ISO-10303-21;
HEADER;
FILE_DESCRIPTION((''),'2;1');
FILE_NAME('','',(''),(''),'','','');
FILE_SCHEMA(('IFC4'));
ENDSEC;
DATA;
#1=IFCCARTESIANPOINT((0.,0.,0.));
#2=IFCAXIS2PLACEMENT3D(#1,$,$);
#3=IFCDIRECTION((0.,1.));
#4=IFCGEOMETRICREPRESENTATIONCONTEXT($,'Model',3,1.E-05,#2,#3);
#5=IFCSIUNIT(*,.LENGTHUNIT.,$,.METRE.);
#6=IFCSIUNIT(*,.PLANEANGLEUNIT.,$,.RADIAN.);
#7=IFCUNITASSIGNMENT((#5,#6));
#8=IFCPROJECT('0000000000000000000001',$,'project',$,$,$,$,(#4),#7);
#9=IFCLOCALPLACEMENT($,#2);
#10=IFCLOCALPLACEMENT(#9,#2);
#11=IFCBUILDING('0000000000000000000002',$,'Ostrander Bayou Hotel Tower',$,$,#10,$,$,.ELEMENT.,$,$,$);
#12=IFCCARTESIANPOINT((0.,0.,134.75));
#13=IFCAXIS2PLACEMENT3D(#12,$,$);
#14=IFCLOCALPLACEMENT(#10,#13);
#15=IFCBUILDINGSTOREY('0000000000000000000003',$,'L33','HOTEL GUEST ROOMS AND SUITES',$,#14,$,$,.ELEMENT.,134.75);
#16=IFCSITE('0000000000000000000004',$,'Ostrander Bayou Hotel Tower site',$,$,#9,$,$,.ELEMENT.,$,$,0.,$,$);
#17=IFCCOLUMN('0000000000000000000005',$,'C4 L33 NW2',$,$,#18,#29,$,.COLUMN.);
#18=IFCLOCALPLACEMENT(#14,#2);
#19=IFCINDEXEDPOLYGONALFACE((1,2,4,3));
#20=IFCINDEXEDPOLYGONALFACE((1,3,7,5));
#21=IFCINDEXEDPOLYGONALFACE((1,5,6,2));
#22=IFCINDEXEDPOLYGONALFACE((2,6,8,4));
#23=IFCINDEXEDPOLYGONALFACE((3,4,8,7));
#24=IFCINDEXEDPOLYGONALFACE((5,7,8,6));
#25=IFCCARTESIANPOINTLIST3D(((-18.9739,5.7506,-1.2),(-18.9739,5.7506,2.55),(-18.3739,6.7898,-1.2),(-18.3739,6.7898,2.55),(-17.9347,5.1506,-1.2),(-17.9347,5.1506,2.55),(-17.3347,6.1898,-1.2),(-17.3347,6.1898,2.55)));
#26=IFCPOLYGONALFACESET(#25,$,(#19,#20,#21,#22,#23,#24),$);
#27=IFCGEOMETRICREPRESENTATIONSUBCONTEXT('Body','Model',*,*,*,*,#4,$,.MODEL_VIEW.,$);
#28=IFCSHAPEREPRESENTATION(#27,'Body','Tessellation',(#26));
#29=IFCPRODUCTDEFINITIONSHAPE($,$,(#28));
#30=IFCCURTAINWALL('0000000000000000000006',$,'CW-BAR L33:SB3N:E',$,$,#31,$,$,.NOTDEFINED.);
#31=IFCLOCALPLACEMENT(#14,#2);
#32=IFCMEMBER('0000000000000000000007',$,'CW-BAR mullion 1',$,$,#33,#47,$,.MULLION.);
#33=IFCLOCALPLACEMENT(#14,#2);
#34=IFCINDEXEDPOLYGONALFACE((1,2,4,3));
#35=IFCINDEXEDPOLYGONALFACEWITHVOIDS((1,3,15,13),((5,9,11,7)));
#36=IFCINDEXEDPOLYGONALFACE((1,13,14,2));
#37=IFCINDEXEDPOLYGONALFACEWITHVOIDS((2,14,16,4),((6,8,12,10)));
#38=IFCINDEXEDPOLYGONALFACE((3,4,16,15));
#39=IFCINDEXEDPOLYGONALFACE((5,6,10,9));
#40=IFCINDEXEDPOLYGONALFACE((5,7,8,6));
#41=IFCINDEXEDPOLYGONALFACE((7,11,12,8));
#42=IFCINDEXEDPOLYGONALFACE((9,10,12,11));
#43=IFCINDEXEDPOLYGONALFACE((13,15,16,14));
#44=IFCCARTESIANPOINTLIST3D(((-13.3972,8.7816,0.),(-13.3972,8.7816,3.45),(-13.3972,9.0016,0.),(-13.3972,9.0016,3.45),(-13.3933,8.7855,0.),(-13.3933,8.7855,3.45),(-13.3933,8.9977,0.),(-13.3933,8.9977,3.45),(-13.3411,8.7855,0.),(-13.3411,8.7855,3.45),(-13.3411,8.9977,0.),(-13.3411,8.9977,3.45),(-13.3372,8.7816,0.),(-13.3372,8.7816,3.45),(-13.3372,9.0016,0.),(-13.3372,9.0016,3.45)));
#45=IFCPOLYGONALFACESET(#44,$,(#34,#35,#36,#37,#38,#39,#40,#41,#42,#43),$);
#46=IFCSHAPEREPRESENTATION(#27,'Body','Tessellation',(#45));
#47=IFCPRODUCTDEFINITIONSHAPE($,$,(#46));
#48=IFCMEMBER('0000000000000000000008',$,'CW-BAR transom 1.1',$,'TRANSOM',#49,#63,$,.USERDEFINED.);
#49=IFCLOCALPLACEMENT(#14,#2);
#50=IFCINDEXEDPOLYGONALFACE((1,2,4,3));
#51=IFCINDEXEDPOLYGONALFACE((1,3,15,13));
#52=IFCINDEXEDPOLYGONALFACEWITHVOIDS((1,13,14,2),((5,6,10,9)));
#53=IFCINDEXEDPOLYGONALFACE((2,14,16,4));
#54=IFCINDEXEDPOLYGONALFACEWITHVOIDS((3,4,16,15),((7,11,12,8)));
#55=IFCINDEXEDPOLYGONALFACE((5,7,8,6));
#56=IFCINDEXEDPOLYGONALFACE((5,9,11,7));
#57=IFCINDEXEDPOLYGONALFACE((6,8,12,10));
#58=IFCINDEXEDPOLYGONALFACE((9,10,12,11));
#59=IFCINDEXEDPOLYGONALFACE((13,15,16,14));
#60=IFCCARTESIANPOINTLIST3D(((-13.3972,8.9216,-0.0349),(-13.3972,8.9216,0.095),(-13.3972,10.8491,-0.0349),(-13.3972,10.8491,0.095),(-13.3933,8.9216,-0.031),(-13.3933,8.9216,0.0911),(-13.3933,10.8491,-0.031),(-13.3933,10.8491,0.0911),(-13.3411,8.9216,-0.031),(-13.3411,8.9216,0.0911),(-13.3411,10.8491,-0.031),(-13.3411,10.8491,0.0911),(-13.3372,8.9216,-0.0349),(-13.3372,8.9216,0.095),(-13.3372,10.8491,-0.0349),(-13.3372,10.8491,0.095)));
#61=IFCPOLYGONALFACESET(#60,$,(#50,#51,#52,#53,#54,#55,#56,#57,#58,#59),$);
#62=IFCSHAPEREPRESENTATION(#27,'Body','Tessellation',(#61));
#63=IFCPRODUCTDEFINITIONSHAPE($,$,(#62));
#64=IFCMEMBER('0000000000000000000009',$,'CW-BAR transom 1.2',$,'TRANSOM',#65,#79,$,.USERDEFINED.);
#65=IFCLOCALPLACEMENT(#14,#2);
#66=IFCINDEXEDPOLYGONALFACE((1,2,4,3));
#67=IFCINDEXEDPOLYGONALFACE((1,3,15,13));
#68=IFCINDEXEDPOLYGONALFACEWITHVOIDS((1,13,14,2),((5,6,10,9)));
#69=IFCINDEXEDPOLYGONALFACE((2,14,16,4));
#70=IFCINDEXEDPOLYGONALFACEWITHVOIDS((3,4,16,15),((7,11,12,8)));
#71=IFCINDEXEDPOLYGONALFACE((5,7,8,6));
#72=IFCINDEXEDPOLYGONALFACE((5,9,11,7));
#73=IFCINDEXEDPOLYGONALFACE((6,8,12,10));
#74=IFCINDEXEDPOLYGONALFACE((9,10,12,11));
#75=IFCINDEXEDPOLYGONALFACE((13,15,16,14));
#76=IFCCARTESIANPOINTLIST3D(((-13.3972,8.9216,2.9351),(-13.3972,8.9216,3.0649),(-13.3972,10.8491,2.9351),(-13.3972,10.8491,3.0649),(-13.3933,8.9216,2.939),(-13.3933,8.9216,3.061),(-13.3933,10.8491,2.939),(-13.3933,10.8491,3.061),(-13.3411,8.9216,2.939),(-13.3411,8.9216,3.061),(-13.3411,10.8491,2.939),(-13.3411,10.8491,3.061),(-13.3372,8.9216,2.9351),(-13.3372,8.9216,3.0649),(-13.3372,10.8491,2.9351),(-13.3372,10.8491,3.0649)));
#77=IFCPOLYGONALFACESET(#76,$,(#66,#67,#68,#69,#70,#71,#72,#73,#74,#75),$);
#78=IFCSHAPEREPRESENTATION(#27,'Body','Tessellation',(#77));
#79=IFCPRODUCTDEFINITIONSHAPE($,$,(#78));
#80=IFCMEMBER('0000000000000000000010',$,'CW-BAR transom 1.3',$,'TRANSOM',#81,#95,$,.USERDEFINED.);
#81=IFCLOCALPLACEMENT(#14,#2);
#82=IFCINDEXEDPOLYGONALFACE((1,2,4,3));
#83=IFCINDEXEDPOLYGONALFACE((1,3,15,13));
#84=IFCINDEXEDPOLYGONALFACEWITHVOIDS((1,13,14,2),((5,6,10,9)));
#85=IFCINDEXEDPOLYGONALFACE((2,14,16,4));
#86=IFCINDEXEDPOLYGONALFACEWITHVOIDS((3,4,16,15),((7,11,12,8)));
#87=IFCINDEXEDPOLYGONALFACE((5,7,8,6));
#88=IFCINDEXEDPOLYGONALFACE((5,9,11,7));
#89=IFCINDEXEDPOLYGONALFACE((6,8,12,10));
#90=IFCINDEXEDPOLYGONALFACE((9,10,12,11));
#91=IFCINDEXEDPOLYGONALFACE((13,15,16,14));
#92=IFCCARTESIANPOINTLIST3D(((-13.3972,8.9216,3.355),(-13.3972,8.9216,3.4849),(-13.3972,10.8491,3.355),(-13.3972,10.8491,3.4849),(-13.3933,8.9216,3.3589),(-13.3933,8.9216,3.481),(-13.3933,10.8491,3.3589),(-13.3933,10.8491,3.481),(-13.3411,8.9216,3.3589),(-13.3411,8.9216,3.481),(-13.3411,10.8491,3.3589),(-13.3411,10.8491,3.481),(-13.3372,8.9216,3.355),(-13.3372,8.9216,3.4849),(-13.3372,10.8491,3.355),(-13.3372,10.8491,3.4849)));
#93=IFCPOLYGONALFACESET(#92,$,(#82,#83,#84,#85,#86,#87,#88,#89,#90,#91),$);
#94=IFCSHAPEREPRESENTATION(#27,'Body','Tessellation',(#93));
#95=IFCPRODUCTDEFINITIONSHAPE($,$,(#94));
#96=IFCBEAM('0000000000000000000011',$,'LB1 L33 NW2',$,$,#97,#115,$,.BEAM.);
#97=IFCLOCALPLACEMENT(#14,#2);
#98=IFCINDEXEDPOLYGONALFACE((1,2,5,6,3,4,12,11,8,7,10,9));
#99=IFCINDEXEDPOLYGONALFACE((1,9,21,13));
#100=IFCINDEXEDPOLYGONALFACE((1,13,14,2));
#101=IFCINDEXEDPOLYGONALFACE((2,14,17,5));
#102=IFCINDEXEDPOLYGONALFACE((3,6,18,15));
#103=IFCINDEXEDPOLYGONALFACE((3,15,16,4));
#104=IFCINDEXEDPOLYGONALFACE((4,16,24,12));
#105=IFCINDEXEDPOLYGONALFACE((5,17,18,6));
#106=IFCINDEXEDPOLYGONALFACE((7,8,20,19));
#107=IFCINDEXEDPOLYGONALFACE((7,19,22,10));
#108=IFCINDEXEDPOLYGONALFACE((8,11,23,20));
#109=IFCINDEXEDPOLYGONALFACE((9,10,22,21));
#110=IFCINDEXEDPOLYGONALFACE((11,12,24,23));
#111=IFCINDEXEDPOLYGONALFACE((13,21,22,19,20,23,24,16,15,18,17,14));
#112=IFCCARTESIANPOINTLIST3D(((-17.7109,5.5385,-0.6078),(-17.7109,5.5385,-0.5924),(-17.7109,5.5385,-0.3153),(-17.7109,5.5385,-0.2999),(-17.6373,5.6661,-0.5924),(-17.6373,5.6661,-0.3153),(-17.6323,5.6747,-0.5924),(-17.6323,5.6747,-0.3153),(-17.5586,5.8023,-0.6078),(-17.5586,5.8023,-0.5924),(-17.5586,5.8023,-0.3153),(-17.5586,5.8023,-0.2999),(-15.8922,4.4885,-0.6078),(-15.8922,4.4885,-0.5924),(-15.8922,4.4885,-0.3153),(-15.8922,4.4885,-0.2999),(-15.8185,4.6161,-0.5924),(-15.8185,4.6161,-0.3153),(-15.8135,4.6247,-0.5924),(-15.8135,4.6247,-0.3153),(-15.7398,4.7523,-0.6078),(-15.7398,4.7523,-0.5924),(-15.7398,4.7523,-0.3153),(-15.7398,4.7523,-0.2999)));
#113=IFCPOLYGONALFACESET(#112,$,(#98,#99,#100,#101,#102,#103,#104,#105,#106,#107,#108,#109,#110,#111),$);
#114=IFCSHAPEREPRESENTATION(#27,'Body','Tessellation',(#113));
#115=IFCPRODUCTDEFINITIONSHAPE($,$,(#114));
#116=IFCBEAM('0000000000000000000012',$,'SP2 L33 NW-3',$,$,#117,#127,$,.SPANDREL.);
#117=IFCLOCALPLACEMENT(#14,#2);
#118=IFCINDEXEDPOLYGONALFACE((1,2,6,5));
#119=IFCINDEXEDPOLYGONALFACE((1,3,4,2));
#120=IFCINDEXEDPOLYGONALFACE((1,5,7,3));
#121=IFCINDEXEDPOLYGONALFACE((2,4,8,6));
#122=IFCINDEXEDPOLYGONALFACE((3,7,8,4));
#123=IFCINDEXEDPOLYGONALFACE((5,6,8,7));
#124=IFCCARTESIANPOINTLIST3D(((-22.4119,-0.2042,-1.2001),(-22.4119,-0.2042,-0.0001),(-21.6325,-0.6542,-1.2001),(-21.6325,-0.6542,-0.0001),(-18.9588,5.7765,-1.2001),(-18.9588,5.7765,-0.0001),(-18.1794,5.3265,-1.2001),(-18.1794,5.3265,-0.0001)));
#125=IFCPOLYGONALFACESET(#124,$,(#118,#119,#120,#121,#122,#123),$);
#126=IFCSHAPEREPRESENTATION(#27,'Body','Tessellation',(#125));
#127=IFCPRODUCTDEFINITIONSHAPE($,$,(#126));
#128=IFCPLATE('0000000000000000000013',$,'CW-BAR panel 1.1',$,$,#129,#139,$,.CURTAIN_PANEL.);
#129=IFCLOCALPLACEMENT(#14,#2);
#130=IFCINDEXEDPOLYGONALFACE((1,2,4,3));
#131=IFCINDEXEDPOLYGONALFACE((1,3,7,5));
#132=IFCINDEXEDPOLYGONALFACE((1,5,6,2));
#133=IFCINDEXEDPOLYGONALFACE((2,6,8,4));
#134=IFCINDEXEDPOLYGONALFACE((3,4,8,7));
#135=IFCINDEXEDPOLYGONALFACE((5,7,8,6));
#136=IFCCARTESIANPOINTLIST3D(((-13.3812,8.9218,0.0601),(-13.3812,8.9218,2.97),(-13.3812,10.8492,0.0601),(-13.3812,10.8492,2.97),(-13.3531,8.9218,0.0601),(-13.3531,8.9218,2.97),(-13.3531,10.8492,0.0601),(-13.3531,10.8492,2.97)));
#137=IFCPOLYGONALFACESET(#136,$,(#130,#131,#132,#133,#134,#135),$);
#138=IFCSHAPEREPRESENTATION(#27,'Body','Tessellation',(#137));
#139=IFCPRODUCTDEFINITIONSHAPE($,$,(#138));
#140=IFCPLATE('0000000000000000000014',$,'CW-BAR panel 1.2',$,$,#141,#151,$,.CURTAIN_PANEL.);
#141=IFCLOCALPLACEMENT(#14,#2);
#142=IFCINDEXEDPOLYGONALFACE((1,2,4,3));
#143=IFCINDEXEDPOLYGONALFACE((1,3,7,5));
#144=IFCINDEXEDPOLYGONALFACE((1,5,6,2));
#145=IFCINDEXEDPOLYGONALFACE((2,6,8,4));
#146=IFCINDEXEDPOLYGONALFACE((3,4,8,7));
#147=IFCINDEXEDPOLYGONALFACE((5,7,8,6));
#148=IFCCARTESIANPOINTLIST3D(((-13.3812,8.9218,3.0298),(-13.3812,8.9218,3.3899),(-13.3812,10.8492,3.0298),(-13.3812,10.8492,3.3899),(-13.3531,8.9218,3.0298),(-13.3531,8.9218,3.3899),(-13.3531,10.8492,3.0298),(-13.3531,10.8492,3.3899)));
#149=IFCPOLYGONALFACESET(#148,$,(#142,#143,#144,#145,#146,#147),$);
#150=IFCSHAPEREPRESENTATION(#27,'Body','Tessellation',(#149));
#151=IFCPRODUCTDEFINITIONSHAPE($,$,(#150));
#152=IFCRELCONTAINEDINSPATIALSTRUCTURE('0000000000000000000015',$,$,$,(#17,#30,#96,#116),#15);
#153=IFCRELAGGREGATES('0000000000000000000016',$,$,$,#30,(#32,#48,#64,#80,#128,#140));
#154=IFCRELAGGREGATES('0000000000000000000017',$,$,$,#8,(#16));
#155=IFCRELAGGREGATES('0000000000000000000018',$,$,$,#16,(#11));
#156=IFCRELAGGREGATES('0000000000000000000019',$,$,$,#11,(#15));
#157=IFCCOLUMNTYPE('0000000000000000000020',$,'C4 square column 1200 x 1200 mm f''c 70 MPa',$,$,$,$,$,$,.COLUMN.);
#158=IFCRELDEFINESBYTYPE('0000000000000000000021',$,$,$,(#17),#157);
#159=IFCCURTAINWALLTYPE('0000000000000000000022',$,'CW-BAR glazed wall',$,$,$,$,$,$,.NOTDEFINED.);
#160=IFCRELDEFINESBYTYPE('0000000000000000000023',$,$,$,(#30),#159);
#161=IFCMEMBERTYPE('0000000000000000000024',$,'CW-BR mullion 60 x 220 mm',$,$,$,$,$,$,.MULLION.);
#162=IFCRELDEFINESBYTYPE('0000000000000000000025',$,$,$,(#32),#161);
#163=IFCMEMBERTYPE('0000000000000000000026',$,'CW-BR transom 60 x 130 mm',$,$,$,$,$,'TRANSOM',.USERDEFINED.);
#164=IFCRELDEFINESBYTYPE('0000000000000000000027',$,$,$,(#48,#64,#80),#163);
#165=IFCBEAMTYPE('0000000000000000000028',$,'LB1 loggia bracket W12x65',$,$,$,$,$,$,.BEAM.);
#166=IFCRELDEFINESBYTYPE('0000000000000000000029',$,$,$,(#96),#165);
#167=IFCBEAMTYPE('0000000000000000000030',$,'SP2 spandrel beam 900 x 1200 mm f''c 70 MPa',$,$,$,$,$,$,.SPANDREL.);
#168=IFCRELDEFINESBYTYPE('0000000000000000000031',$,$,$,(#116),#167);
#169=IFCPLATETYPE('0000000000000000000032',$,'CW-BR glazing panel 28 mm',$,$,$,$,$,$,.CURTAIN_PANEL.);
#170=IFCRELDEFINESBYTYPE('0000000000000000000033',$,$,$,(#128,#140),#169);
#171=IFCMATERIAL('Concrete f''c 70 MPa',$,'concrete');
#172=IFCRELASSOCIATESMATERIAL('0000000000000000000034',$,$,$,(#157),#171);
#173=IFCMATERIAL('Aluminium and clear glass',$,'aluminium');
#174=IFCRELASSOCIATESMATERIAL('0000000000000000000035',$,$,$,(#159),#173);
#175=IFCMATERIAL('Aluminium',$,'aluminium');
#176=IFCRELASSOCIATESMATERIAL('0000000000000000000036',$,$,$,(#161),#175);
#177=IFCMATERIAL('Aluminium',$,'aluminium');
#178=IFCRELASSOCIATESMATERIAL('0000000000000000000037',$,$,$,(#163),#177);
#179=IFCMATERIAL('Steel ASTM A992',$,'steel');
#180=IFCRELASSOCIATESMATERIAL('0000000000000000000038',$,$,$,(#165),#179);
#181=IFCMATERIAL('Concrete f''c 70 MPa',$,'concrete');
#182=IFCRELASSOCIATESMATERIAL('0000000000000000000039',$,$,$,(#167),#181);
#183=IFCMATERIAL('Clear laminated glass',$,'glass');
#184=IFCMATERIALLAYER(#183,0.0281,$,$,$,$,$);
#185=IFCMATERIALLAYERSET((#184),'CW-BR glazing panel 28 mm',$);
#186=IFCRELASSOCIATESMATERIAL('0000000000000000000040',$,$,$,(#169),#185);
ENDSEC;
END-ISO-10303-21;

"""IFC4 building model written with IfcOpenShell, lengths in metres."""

from ifc_helpers import new_model, si_unit, direction, frame, origin, origin_2d, place, context, subcontext, project, spatial, rectangle, hollow_rectangle, i_section, extrude, material, layer, layer_set, material_profile, profile_set, type_object, element, aggregate, save


model = new_model("IFC4")

# Units and contexts
model_context = context("Model", 3, precision=1e-05, world=origin(), true_north=direction((0.0, 1.0)))
body_context = subcontext(model_context, "Body", "Model", "MODEL_VIEW")
ifc_project = project(units=[si_unit("LENGTHUNIT", "METRE"), si_unit("PLANEANGLEUNIT", "RADIAN")], contexts=[model_context])

# Site, building, storey
site_placement = place(None, origin())
site = spatial("IfcSite", under=ifc_project, at=site_placement, Name="Ostrander Bayou Hotel Tower site", CompositionType="ELEMENT", RefElevation=0.0)
building_placement = place(site_placement, origin())
building = spatial("IfcBuilding", under=site, at=building_placement, Name="Ostrander Bayou Hotel Tower", CompositionType="ELEMENT")
storey_placement = place(building_placement, frame((0.0, 0.0, 134.75)))
storey = spatial("IfcBuildingStorey", under=building, at=storey_placement, Name="L33", Description="HOTEL GUEST ROOMS AND SUITES", CompositionType="ELEMENT", Elevation=134.75)

# Column
ifc_material_1 = material(Name="Concrete f'c 70 MPa", Category="concrete")
ifc_material_profile_1 = material_profile(ifc_material_1, rectangle(XDim=1.2, YDim=1.2, at=origin_2d()))
ifc_profile_set_1 = profile_set([ifc_material_profile_1], Name="Concrete f'c 70 MPa")
column_type = type_object("IfcColumnType", Name="C4 square column 1200 x 1200 mm f'c 70 MPa", PredefinedType="COLUMN", material=ifc_profile_set_1)
column_placement = place(storey_placement, frame((-18.1543, 5.9702, -1.2), z_axis=(0.0, 0.0, 1.0), x_axis=(0.5, 0.866025, 0.0)))
element("IfcColumn", 1, at=column_placement, inside=storey, type_object=column_type, Name="C4 L33 NW2", PredefinedType="COLUMN", context=body_context, shape_type="SweptSolid", body=[
    extrude(rectangle(XDim=1.2, YDim=1.2, at=origin_2d()), origin(), (0.0, 0.0, 1.0), 3.75),
])

# Curtain wall, members
ifc_material_2 = material(Name="Aluminium and clear glass", Category="aluminium")
curtain_wall_type = type_object("IfcCurtainWallType", Name="CW-BAR glazed wall", PredefinedType="NOTDEFINED", material=ifc_material_2)
curtain_wall_placement = place(storey_placement, origin())
curtain_wall = element("IfcCurtainWall", 2, at=curtain_wall_placement, inside=storey, type_object=curtain_wall_type, Name="CW-BAR L33:SB3N:E", PredefinedType="NOTDEFINED")
ifc_material_3 = material(Name="Aluminium", Category="aluminium")
ifc_material_profile_2 = material_profile(ifc_material_3, hollow_rectangle(XDim=0.0601, YDim=0.22, WallThickness=0.0039, at=origin_2d()))
ifc_profile_set_2 = profile_set([ifc_material_profile_2], Name="Aluminium")
member_type_1 = type_object("IfcMemberType", Name="CW-BR mullion 60 x 220 mm", PredefinedType="MULLION", material=ifc_profile_set_2)
member_1_placement = place(storey_placement, frame((-13.3672, 8.8916, 0.0), z_axis=(0.0, 0.0, 1.0), x_axis=(-1.0, 0.0, 0.0)))
member_1 = element("IfcMember", 3, at=member_1_placement, type_object=member_type_1, Name="CW-BAR mullion 1", PredefinedType="MULLION", context=body_context, shape_type="SweptSolid", body=[
    extrude(hollow_rectangle(XDim=0.0601, YDim=0.22, WallThickness=0.0039, at=origin_2d()), origin(), (0.0, 0.0, 1.0), 3.45),
])
ifc_material_4 = material(Name="Aluminium", Category="aluminium")
ifc_material_profile_3 = material_profile(ifc_material_4, hollow_rectangle(XDim=0.0601, YDim=0.1299, WallThickness=0.0039, at=origin_2d()))
ifc_profile_set_3 = profile_set([ifc_material_profile_3], Name="Aluminium")
member_type_2 = type_object("IfcMemberType", Name="CW-BR transom 60 x 130 mm", ElementType="TRANSOM", PredefinedType="USERDEFINED", material=ifc_profile_set_3)
member_2_placement = place(storey_placement, frame((-13.3672, 8.9216, 0.03), z_axis=(0.0, 1.0, 0.0), x_axis=(-1.0, 0.0, 0.0)))
member_2 = element("IfcMember", 4, at=member_2_placement, type_object=member_type_2, Name="CW-BAR transom 1.1", ObjectType="TRANSOM", PredefinedType="USERDEFINED", context=body_context, shape_type="SweptSolid", body=[
    extrude(hollow_rectangle(XDim=0.0601, YDim=0.1299, WallThickness=0.0039, at=origin_2d()), origin(), (0.0, 0.0, 1.0), 1.9275),
])
member_3_placement = place(storey_placement, frame((-13.3672, 8.9216, 3.0), z_axis=(0.0, 1.0, 0.0), x_axis=(-1.0, 0.0, 0.0)))
member_3 = element("IfcMember", 5, at=member_3_placement, type_object=member_type_2, Name="CW-BAR transom 1.2", ObjectType="TRANSOM", PredefinedType="USERDEFINED", context=body_context, shape_type="SweptSolid", body=[
    extrude(hollow_rectangle(XDim=0.0601, YDim=0.1299, WallThickness=0.0039, at=origin_2d()), origin(), (0.0, 0.0, 1.0), 1.9275),
])
member_4_placement = place(storey_placement, frame((-13.3672, 8.9216, 3.4199), z_axis=(0.0, 1.0, 0.0), x_axis=(-1.0, 0.0, 0.0)))
member_4 = element("IfcMember", 6, at=member_4_placement, type_object=member_type_2, Name="CW-BAR transom 1.3", ObjectType="TRANSOM", PredefinedType="USERDEFINED", context=body_context, shape_type="SweptSolid", body=[
    extrude(hollow_rectangle(XDim=0.0601, YDim=0.1299, WallThickness=0.0039, at=origin_2d()), origin(), (0.0, 0.0, 1.0), 1.9275),
])

# Beams
ifc_material_5 = material(Name="Steel ASTM A992", Category="steel")
ifc_material_profile_4 = material_profile(ifc_material_5, i_section(OverallWidth=0.3047, OverallDepth=0.3079, WebThickness=0.01, FlangeThickness=0.0154, at=origin_2d()))
ifc_profile_set_4 = profile_set([ifc_material_profile_4], Name="Steel ASTM A992")
beam_type_1 = type_object("IfcBeamType", Name="LB1 loggia bracket W12x65", PredefinedType="BEAM", material=ifc_profile_set_4)
beam_1_placement = place(storey_placement, frame((-17.6348, 5.6704, -0.4539), z_axis=(0.866038, -0.499977, 0.0), x_axis=(0.499977, 0.866038, 0.0)))
element("IfcBeam", 7, at=beam_1_placement, inside=storey, type_object=beam_type_1, Name="LB1 L33 NW2", PredefinedType="BEAM", context=body_context, shape_type="SweptSolid", body=[
    extrude(i_section(OverallWidth=0.3047, OverallDepth=0.3079, WebThickness=0.01, FlangeThickness=0.0154, at=origin_2d()), origin(), (0.0, 0.0, 1.0), 2.1001),
])
ifc_material_6 = material(Name="Concrete f'c 70 MPa", Category="concrete")
ifc_material_profile_5 = material_profile(ifc_material_6, rectangle(XDim=0.8999, YDim=1.2, at=origin_2d()))
ifc_profile_set_5 = profile_set([ifc_material_profile_5], Name="Concrete f'c 70 MPa")
beam_type_2 = type_object("IfcBeamType", Name="SP2 spandrel beam 900 x 1200 mm f'c 70 MPa", PredefinedType="SPANDREL", material=ifc_profile_set_5)
beam_2_placement = place(storey_placement, frame((-18.5691, 5.5515, -0.6001), z_axis=(-0.500017, -0.866015, 0.0), x_axis=(0.866015, -0.500017, 0.0)))
element("IfcBeam", 8, at=beam_2_placement, inside=storey, type_object=beam_type_2, Name="SP2 L33 NW-3", PredefinedType="SPANDREL", context=body_context, shape_type="SweptSolid", body=[
    extrude(rectangle(XDim=0.8999, YDim=1.2, at=origin_2d()), origin(), (0.0, 0.0, 1.0), 6.906),
])

# Plates
ifc_material_7 = material(Name="Clear laminated glass", Category="glass")
ifc_layer_1 = layer(ifc_material_7, 0.0281)
ifc_layer_set_1 = layer_set([ifc_layer_1], Name="CW-BR glazing panel 28 mm")
plate_type = type_object("IfcPlateType", Name="CW-BR glazing panel 28 mm", PredefinedType="CURTAIN_PANEL", material=ifc_layer_set_1)
plate_1_placement = place(storey_placement, frame((-13.3672, 9.8855, 0.0601), z_axis=(0.0, 0.0, 1.0), x_axis=(0.0, 1.0, 0.0)))
plate_1 = element("IfcPlate", 9, at=plate_1_placement, type_object=plate_type, Name="CW-BAR panel 1.1", PredefinedType="CURTAIN_PANEL", context=body_context, shape_type="SweptSolid", body=[
    extrude(rectangle(XDim=1.9275, YDim=0.0281, at=origin_2d()), origin(), (0.0, 0.0, 1.0), 2.9099),
])
plate_2_placement = place(storey_placement, frame((-13.3672, 9.8855, 3.0298), z_axis=(0.0, 0.0, 1.0), x_axis=(0.0, 1.0, 0.0)))
plate_2 = element("IfcPlate", 10, at=plate_2_placement, type_object=plate_type, Name="CW-BAR panel 1.2", PredefinedType="CURTAIN_PANEL", context=body_context, shape_type="SweptSolid", body=[
    extrude(rectangle(XDim=1.9275, YDim=0.0281, at=origin_2d()), origin(), (0.0, 0.0, 1.0), 0.3601),
])
aggregate(curtain_wall, [member_1, member_2, member_3, member_4, plate_1, plate_2])

save(model, "model.ifc")
